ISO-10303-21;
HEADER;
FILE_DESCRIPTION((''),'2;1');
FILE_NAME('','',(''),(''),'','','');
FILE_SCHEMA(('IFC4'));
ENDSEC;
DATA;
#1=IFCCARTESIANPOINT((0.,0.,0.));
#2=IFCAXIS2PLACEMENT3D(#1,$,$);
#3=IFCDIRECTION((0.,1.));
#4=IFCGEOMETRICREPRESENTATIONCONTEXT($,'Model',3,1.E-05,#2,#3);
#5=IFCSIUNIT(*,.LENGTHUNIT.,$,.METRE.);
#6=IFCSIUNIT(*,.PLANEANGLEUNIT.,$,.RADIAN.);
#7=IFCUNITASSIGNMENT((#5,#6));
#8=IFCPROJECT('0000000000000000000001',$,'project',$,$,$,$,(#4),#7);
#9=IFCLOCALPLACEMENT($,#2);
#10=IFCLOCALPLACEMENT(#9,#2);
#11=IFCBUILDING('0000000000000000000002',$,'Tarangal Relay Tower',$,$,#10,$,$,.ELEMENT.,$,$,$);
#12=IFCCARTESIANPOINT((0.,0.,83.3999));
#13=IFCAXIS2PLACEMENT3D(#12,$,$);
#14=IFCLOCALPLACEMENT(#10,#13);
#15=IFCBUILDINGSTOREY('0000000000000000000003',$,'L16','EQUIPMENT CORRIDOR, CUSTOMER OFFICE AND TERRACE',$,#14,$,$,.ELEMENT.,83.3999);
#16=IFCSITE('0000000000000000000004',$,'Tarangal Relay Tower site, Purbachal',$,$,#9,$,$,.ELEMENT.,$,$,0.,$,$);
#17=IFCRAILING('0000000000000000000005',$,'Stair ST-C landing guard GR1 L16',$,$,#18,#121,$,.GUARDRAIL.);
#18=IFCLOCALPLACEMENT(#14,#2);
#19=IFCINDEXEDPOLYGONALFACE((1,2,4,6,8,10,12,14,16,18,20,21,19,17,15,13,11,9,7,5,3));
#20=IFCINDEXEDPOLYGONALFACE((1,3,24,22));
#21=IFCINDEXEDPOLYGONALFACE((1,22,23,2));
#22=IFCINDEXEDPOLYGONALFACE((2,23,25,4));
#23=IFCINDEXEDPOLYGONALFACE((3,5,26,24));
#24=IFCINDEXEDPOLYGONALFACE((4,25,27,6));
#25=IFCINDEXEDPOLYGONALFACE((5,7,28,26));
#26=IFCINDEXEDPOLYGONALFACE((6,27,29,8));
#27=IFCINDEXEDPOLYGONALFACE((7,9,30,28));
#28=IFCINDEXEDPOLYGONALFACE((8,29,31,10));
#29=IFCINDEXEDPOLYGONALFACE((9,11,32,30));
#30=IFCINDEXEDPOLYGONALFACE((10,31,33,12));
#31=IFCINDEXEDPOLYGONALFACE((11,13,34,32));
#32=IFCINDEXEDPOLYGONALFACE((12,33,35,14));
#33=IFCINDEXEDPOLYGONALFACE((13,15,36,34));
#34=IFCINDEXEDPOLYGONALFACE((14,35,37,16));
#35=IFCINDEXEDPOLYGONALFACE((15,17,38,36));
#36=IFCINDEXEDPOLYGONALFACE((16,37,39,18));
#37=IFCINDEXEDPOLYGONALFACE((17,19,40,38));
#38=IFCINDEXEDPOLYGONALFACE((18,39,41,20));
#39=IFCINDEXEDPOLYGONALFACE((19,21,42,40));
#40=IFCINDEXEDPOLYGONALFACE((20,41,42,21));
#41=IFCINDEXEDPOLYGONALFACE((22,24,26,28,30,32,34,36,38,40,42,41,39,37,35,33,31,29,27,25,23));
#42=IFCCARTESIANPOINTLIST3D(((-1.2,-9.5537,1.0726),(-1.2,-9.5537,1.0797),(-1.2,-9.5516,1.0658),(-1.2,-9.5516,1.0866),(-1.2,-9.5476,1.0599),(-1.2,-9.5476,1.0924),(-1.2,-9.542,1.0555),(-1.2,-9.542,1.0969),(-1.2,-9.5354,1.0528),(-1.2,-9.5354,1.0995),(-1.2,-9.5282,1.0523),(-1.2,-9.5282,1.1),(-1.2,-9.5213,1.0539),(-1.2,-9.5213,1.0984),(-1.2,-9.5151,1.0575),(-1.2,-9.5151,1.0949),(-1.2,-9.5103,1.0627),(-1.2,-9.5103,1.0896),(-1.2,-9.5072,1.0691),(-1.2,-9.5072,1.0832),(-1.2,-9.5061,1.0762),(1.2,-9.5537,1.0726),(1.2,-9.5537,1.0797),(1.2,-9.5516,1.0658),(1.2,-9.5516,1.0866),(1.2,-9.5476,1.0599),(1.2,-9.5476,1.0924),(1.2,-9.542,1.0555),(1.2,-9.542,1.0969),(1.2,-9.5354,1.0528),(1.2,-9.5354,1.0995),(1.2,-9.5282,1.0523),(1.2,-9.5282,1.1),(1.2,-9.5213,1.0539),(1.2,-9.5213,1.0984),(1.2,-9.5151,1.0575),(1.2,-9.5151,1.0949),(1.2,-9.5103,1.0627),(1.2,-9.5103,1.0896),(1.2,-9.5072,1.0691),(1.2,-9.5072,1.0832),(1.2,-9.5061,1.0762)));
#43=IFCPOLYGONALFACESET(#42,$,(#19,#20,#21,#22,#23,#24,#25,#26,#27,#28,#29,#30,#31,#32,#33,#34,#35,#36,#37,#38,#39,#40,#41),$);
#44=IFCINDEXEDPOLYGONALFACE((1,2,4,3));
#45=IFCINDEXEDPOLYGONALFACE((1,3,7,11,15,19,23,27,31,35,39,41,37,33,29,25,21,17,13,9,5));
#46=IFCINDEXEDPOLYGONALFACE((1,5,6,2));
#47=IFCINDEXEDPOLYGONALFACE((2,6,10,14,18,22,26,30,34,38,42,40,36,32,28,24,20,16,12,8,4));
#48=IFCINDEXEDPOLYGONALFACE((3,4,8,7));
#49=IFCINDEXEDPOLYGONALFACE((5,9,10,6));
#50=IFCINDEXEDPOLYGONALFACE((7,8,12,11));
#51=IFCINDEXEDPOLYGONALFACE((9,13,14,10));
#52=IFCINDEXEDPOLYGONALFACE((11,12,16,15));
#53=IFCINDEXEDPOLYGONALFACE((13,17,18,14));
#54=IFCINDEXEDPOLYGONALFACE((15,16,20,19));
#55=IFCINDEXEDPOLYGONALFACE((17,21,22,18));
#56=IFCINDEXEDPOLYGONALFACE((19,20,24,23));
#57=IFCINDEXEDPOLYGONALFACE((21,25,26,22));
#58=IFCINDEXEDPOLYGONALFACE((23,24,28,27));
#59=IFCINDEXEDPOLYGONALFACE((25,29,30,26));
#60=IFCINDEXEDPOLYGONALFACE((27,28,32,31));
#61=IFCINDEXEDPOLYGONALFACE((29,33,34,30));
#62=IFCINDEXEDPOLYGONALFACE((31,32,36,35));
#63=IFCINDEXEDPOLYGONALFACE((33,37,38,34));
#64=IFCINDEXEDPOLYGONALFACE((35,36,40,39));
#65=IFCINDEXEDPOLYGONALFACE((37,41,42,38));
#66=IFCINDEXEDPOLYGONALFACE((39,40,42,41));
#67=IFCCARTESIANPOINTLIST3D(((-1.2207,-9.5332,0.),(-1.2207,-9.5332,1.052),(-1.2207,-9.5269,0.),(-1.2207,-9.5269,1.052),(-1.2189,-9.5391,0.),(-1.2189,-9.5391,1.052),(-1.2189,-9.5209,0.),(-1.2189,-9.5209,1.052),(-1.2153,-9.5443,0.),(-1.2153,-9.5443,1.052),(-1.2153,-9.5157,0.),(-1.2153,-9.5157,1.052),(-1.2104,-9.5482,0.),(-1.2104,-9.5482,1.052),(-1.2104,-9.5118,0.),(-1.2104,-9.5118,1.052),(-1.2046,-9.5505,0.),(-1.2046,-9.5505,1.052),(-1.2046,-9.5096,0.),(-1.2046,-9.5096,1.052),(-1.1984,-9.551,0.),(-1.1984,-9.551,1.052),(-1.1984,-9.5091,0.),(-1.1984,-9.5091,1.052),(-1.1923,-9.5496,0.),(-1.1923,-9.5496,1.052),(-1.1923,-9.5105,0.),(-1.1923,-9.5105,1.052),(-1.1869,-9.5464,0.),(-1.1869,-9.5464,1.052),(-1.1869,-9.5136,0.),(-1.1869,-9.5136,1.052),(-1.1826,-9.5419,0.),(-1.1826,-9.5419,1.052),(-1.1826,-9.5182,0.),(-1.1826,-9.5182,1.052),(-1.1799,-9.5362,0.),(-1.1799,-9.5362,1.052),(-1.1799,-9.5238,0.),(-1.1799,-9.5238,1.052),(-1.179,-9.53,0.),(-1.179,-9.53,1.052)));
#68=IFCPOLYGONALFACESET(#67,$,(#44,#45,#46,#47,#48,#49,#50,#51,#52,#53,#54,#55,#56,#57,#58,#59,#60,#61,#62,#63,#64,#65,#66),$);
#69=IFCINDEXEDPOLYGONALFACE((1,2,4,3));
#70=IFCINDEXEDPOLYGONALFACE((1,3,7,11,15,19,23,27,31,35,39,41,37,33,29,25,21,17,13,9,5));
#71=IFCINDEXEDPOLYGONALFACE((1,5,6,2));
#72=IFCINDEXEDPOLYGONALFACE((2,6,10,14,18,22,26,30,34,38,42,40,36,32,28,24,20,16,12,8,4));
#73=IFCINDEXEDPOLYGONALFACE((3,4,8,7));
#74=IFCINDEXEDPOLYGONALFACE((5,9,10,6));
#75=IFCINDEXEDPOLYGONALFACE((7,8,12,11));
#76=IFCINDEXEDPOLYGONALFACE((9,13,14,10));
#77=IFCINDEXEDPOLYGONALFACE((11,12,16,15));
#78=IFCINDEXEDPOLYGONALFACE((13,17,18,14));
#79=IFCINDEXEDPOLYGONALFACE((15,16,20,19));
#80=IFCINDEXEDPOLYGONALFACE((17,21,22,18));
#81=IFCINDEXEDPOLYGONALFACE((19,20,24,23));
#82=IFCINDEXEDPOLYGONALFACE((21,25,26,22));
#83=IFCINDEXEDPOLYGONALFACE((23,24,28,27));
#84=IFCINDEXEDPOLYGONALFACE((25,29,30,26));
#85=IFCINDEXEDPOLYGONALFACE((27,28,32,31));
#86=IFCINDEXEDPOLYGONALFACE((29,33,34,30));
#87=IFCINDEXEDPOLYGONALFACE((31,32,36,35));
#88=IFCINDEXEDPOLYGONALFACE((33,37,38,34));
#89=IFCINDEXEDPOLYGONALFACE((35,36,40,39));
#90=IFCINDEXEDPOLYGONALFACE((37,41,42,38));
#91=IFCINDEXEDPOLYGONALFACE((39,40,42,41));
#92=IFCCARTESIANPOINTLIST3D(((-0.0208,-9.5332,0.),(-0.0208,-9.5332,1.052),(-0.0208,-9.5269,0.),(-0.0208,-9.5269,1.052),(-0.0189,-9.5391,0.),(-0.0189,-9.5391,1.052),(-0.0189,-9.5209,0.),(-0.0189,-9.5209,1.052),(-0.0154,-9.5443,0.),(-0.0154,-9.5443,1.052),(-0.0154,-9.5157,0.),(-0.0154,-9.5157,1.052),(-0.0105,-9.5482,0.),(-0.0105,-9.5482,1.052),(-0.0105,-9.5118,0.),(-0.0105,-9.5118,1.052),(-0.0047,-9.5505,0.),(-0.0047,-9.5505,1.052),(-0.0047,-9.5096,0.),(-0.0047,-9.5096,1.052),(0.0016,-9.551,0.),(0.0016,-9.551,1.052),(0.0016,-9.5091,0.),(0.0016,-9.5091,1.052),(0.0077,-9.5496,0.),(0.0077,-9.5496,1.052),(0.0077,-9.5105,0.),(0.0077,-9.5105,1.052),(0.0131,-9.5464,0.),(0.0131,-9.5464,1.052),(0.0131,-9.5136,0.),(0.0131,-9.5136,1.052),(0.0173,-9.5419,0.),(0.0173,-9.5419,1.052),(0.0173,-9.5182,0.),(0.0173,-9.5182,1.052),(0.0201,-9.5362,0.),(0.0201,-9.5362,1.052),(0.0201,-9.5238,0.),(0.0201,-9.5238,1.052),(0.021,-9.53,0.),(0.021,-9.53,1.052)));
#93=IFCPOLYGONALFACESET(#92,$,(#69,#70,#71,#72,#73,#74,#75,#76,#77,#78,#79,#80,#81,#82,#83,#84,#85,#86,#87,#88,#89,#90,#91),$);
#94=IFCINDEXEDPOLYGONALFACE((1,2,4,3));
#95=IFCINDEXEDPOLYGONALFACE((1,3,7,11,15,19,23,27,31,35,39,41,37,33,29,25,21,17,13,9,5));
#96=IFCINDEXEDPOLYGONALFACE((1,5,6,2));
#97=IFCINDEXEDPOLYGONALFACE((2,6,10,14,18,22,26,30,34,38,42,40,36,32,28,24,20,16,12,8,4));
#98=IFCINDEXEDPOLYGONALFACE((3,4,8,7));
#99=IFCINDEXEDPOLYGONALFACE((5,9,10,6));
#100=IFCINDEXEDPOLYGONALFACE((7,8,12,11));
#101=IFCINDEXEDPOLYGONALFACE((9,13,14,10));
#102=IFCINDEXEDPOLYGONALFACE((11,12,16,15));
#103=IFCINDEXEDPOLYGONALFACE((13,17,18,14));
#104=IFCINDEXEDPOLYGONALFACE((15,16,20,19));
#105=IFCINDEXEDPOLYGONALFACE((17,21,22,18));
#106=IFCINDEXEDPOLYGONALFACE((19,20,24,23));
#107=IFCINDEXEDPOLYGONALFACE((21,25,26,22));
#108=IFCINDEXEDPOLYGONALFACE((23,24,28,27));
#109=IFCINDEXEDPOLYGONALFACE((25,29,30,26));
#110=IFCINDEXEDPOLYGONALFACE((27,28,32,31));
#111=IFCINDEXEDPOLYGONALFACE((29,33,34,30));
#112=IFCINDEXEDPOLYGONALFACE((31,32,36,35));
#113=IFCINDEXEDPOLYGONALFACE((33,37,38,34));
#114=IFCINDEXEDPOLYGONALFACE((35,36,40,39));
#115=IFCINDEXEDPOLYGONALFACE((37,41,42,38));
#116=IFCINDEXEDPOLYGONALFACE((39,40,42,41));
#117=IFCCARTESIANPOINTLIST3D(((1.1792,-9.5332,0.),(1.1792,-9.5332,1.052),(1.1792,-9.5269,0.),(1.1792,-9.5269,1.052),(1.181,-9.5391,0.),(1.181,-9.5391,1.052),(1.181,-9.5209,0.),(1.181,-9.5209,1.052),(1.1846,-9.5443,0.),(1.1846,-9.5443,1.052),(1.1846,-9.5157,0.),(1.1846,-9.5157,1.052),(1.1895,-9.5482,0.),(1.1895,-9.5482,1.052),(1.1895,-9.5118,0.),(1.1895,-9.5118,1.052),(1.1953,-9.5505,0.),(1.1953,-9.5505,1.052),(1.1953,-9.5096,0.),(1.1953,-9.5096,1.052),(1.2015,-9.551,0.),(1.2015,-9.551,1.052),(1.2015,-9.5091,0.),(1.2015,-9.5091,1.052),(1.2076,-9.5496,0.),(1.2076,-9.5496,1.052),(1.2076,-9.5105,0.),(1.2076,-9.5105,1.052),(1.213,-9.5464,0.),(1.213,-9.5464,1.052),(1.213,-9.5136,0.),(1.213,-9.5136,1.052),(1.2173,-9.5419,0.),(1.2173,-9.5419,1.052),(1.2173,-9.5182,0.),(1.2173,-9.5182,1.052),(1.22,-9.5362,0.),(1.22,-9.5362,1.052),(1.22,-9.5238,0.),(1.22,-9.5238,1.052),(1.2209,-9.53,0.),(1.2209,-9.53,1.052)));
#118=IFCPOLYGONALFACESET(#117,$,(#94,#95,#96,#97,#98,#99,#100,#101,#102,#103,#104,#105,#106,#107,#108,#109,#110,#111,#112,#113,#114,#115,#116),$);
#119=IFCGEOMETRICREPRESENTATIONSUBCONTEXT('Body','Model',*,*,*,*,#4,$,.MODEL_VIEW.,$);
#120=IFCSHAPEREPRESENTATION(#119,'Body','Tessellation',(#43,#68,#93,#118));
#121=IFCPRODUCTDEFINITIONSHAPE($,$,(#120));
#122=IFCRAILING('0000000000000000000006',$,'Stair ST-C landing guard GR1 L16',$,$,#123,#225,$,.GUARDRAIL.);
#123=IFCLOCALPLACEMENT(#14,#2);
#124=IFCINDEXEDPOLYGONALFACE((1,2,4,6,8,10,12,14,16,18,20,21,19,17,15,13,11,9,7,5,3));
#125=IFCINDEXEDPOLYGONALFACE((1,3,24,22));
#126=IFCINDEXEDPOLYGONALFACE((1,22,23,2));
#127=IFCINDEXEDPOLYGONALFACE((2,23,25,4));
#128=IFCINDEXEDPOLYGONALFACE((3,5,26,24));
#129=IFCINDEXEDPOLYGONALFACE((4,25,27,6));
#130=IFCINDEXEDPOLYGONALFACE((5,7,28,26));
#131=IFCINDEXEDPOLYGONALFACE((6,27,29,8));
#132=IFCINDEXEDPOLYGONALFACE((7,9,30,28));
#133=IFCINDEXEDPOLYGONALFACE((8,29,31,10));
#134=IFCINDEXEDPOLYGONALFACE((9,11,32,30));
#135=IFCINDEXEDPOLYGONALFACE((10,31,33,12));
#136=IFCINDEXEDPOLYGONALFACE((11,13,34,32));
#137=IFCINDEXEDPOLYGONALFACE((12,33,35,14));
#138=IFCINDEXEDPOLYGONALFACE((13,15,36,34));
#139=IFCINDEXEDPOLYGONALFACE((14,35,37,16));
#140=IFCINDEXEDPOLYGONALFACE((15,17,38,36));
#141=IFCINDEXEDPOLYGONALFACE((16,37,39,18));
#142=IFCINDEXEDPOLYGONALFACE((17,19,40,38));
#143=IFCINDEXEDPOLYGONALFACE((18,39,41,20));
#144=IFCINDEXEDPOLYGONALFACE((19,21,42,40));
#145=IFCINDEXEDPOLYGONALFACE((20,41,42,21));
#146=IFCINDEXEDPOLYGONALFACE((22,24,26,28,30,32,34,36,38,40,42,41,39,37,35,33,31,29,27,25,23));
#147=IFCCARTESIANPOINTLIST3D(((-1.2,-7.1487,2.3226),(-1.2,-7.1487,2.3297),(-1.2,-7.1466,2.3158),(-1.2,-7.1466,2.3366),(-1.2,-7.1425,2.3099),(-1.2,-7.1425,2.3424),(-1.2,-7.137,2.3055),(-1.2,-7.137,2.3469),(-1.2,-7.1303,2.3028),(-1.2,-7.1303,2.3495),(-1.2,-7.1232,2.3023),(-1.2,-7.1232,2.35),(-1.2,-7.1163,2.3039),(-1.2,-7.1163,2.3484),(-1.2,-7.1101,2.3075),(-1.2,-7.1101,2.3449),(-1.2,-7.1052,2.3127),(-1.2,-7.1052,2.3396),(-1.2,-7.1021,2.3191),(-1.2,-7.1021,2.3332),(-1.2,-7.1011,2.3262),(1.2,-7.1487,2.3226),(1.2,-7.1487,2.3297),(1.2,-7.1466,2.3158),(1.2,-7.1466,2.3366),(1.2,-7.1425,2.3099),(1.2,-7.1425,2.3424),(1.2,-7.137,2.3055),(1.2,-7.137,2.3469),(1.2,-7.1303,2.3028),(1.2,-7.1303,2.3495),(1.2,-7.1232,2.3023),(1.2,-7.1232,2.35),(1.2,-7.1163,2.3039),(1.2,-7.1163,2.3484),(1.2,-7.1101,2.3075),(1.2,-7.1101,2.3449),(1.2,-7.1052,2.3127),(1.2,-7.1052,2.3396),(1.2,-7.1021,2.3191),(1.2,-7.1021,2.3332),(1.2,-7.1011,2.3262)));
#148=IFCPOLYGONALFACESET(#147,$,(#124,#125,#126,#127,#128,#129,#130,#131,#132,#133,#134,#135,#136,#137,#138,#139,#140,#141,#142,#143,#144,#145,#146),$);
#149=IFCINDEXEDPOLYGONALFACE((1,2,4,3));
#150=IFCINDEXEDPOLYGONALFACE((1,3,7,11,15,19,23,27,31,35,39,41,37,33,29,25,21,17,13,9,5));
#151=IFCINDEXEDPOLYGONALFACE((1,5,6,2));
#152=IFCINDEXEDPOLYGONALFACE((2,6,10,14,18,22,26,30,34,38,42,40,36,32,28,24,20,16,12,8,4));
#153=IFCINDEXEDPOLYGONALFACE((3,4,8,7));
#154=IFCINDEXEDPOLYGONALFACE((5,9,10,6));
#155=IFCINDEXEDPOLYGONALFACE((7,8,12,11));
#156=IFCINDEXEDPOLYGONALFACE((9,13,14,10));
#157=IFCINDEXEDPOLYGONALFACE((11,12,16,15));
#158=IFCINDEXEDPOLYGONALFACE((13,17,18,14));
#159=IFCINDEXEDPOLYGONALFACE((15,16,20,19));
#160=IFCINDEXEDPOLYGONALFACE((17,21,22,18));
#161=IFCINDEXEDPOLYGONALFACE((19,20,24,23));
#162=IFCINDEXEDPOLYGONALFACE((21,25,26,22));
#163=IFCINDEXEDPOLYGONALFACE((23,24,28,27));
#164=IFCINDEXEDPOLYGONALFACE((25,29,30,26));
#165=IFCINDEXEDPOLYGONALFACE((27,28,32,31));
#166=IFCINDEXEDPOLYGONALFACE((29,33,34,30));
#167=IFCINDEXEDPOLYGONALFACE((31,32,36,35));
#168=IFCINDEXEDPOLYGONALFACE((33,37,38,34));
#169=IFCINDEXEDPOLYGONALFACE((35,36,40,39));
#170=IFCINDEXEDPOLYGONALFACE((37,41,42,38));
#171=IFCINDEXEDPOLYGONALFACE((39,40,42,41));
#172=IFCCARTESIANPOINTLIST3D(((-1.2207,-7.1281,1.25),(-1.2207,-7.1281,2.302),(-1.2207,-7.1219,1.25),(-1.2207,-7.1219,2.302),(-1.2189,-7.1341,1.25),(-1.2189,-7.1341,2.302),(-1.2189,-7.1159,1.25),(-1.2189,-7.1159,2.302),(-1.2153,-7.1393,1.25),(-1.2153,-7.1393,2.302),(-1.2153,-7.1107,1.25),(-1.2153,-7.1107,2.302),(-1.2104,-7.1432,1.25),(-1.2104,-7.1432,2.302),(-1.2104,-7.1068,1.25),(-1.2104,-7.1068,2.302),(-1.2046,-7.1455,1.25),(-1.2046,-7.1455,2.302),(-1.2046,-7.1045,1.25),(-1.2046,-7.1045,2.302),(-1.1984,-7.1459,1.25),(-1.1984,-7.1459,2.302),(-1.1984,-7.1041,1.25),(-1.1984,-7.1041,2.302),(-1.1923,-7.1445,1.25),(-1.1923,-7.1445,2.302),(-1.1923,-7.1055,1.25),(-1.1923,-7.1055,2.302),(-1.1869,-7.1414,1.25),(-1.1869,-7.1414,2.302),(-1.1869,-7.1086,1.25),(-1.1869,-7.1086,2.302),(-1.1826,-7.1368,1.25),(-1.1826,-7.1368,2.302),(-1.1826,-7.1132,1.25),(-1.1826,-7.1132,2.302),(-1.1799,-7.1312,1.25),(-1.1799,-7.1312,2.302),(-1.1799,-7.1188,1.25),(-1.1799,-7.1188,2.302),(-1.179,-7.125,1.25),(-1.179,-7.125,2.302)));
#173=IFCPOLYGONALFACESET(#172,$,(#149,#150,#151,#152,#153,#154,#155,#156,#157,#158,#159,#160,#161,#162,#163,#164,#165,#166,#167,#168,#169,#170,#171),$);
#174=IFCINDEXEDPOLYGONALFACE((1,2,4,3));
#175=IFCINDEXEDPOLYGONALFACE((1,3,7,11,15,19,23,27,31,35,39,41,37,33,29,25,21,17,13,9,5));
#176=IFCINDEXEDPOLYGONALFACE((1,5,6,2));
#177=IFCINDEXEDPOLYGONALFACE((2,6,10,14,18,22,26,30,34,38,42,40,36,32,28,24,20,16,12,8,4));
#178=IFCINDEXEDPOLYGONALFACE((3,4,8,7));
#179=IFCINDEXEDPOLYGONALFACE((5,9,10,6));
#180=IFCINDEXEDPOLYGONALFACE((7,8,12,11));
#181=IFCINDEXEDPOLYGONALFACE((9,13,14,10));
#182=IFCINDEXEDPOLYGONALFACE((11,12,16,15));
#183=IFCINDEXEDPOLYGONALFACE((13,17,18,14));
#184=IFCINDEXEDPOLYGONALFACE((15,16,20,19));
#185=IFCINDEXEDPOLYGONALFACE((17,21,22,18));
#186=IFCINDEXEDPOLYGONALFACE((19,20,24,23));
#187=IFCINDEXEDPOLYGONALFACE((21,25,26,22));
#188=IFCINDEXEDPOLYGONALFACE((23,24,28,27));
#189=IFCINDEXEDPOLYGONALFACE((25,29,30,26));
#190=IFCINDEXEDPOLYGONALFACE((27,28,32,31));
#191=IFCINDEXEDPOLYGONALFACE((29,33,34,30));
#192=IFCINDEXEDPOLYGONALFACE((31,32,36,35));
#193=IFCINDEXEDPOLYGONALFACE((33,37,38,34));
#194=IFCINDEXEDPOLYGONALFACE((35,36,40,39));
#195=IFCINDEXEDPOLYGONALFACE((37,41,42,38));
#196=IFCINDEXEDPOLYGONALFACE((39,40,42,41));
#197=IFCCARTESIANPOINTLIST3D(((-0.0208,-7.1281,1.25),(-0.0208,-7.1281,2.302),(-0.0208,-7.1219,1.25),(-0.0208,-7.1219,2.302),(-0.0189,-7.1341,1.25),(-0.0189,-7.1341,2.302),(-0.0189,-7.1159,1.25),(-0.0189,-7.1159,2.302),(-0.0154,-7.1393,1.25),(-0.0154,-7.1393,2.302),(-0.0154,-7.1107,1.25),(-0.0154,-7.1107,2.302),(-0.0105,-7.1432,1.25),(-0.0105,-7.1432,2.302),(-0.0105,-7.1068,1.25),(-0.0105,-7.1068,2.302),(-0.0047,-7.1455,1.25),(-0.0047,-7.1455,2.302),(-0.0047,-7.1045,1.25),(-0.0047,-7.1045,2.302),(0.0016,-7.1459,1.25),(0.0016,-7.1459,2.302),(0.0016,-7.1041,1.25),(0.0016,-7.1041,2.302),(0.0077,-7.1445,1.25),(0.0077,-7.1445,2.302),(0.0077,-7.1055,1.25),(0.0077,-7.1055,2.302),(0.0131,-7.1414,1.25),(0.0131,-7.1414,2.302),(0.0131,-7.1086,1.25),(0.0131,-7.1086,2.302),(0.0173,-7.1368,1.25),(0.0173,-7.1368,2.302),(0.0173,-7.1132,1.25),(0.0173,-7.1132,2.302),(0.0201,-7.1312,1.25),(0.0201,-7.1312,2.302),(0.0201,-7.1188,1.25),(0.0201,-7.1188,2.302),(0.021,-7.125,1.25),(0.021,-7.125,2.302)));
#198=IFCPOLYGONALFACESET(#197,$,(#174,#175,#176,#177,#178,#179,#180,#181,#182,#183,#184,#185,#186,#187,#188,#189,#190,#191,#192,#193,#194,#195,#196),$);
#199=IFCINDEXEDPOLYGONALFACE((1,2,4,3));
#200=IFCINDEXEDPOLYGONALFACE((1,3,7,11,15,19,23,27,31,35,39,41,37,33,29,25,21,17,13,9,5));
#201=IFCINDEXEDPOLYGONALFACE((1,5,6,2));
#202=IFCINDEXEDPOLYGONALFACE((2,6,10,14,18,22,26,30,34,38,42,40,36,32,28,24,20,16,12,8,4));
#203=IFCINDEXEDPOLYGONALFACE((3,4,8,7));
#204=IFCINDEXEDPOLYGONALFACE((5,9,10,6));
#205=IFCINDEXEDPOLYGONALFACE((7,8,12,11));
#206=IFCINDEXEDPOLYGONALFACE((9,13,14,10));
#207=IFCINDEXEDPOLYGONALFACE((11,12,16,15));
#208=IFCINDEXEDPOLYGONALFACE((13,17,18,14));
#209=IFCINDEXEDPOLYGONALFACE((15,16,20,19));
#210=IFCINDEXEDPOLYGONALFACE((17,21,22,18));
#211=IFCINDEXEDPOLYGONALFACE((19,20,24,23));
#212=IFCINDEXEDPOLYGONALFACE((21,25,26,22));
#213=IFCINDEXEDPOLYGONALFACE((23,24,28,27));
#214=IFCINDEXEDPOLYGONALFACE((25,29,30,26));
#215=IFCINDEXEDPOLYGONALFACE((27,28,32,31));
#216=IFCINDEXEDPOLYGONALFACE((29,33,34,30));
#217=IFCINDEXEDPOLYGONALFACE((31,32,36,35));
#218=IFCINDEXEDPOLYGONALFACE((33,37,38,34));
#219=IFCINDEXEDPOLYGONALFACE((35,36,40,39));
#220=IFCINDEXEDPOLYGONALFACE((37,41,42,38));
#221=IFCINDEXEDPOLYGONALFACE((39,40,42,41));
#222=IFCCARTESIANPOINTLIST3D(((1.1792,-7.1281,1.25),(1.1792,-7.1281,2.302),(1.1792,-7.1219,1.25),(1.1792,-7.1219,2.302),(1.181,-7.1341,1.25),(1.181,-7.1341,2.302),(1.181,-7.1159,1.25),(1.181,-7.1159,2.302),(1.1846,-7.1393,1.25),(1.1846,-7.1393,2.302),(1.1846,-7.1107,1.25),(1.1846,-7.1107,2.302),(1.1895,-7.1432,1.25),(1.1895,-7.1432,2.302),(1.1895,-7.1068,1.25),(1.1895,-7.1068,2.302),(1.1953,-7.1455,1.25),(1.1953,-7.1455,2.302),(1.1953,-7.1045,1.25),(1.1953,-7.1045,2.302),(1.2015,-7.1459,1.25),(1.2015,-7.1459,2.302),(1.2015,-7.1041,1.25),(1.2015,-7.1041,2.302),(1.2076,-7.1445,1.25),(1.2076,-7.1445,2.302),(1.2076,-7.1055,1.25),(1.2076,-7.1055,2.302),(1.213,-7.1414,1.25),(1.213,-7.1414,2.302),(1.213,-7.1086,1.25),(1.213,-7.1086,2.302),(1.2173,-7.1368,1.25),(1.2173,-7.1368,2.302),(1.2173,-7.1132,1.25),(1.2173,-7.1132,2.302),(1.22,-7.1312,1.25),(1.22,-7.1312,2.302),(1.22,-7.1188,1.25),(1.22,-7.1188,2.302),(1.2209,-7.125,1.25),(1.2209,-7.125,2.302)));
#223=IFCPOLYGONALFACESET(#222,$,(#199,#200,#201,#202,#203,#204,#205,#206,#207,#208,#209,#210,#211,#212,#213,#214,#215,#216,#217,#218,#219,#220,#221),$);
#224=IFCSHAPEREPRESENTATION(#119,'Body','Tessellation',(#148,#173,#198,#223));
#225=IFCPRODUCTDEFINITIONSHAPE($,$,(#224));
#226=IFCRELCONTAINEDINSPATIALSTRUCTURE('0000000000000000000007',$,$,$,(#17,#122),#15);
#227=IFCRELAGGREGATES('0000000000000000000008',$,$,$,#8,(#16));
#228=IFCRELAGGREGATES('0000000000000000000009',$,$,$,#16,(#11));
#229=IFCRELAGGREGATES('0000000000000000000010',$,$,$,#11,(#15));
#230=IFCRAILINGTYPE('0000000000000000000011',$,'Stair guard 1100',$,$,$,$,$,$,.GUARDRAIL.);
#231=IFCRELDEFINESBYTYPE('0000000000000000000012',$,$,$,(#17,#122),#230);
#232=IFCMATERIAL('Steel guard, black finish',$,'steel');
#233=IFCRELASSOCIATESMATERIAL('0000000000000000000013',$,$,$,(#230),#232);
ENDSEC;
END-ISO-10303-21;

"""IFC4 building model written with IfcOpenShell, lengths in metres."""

from ifc_helpers import new_model, si_unit, direction, frame, origin, origin_2d, place, context, subcontext, project, spatial, circle, extrude, material, type_object, element, save


model = new_model("IFC4")

# Units and contexts
model_context = context("Model", 3, precision=1e-05, world=origin(), true_north=direction((0.0, 1.0)))
body_context = subcontext(model_context, "Body", "Model", "MODEL_VIEW")
ifc_project = project(units=[si_unit("LENGTHUNIT", "METRE"), si_unit("PLANEANGLEUNIT", "RADIAN")], contexts=[model_context])

# Site, building, storey
site_placement = place(None, origin())
site = spatial("IfcSite", under=ifc_project, at=site_placement, Name="Tarangal Relay Tower site, Purbachal", CompositionType="ELEMENT", RefElevation=0.0)
building_placement = place(site_placement, origin())
building = spatial("IfcBuilding", under=site, at=building_placement, Name="Tarangal Relay Tower", CompositionType="ELEMENT")
storey_placement = place(building_placement, frame((0.0, 0.0, 83.3999)))
storey = spatial("IfcBuildingStorey", under=building, at=storey_placement, Name="L16", Description="EQUIPMENT CORRIDOR, CUSTOMER OFFICE AND TERRACE", CompositionType="ELEMENT", Elevation=83.3999)

# Railings
ifc_material_1 = material(Name="Steel guard, black finish", Category="steel")
railing_type_1 = type_object("IfcRailingType", Name="Stair guard 1100", PredefinedType="GUARDRAIL", material=ifc_material_1)
for number, where, name in (
    (1, (-1.2, -9.53, 0.0), "Stair ST-C landing guard GR1 L16"),
    (2, (-1.2, -7.125, 1.25), "Stair ST-C landing guard GR1 L16"),
):
    element("IfcRailing", number, at=place(storey_placement, frame(where)), inside=storey, type_object=railing_type_1, Name=name, PredefinedType="GUARDRAIL", context=body_context, shape_type="SweptSolid", body=[
        extrude(circle(Radius=0.0239, at=origin_2d()), frame((0.0, 0.0, 1.0762), z_axis=(1.0, 0.0, 0.0), x_axis=(0.0, 1.0, 0.0)), (0.0, 0.0, 1.0), 2.3999),
        extrude(circle(Radius=0.021, at=origin_2d()), origin(), (0.0, 0.0, 1.0), 1.052),
        extrude(circle(Radius=0.021, at=origin_2d()), frame((1.2, 0.0, 0.0)), (0.0, 0.0, 1.0), 1.052),
        extrude(circle(Radius=0.021, at=origin_2d()), frame((2.3999, 0.0, 0.0)), (0.0, 0.0, 1.0), 1.052),
    ])

save(model, "model.ifc")
